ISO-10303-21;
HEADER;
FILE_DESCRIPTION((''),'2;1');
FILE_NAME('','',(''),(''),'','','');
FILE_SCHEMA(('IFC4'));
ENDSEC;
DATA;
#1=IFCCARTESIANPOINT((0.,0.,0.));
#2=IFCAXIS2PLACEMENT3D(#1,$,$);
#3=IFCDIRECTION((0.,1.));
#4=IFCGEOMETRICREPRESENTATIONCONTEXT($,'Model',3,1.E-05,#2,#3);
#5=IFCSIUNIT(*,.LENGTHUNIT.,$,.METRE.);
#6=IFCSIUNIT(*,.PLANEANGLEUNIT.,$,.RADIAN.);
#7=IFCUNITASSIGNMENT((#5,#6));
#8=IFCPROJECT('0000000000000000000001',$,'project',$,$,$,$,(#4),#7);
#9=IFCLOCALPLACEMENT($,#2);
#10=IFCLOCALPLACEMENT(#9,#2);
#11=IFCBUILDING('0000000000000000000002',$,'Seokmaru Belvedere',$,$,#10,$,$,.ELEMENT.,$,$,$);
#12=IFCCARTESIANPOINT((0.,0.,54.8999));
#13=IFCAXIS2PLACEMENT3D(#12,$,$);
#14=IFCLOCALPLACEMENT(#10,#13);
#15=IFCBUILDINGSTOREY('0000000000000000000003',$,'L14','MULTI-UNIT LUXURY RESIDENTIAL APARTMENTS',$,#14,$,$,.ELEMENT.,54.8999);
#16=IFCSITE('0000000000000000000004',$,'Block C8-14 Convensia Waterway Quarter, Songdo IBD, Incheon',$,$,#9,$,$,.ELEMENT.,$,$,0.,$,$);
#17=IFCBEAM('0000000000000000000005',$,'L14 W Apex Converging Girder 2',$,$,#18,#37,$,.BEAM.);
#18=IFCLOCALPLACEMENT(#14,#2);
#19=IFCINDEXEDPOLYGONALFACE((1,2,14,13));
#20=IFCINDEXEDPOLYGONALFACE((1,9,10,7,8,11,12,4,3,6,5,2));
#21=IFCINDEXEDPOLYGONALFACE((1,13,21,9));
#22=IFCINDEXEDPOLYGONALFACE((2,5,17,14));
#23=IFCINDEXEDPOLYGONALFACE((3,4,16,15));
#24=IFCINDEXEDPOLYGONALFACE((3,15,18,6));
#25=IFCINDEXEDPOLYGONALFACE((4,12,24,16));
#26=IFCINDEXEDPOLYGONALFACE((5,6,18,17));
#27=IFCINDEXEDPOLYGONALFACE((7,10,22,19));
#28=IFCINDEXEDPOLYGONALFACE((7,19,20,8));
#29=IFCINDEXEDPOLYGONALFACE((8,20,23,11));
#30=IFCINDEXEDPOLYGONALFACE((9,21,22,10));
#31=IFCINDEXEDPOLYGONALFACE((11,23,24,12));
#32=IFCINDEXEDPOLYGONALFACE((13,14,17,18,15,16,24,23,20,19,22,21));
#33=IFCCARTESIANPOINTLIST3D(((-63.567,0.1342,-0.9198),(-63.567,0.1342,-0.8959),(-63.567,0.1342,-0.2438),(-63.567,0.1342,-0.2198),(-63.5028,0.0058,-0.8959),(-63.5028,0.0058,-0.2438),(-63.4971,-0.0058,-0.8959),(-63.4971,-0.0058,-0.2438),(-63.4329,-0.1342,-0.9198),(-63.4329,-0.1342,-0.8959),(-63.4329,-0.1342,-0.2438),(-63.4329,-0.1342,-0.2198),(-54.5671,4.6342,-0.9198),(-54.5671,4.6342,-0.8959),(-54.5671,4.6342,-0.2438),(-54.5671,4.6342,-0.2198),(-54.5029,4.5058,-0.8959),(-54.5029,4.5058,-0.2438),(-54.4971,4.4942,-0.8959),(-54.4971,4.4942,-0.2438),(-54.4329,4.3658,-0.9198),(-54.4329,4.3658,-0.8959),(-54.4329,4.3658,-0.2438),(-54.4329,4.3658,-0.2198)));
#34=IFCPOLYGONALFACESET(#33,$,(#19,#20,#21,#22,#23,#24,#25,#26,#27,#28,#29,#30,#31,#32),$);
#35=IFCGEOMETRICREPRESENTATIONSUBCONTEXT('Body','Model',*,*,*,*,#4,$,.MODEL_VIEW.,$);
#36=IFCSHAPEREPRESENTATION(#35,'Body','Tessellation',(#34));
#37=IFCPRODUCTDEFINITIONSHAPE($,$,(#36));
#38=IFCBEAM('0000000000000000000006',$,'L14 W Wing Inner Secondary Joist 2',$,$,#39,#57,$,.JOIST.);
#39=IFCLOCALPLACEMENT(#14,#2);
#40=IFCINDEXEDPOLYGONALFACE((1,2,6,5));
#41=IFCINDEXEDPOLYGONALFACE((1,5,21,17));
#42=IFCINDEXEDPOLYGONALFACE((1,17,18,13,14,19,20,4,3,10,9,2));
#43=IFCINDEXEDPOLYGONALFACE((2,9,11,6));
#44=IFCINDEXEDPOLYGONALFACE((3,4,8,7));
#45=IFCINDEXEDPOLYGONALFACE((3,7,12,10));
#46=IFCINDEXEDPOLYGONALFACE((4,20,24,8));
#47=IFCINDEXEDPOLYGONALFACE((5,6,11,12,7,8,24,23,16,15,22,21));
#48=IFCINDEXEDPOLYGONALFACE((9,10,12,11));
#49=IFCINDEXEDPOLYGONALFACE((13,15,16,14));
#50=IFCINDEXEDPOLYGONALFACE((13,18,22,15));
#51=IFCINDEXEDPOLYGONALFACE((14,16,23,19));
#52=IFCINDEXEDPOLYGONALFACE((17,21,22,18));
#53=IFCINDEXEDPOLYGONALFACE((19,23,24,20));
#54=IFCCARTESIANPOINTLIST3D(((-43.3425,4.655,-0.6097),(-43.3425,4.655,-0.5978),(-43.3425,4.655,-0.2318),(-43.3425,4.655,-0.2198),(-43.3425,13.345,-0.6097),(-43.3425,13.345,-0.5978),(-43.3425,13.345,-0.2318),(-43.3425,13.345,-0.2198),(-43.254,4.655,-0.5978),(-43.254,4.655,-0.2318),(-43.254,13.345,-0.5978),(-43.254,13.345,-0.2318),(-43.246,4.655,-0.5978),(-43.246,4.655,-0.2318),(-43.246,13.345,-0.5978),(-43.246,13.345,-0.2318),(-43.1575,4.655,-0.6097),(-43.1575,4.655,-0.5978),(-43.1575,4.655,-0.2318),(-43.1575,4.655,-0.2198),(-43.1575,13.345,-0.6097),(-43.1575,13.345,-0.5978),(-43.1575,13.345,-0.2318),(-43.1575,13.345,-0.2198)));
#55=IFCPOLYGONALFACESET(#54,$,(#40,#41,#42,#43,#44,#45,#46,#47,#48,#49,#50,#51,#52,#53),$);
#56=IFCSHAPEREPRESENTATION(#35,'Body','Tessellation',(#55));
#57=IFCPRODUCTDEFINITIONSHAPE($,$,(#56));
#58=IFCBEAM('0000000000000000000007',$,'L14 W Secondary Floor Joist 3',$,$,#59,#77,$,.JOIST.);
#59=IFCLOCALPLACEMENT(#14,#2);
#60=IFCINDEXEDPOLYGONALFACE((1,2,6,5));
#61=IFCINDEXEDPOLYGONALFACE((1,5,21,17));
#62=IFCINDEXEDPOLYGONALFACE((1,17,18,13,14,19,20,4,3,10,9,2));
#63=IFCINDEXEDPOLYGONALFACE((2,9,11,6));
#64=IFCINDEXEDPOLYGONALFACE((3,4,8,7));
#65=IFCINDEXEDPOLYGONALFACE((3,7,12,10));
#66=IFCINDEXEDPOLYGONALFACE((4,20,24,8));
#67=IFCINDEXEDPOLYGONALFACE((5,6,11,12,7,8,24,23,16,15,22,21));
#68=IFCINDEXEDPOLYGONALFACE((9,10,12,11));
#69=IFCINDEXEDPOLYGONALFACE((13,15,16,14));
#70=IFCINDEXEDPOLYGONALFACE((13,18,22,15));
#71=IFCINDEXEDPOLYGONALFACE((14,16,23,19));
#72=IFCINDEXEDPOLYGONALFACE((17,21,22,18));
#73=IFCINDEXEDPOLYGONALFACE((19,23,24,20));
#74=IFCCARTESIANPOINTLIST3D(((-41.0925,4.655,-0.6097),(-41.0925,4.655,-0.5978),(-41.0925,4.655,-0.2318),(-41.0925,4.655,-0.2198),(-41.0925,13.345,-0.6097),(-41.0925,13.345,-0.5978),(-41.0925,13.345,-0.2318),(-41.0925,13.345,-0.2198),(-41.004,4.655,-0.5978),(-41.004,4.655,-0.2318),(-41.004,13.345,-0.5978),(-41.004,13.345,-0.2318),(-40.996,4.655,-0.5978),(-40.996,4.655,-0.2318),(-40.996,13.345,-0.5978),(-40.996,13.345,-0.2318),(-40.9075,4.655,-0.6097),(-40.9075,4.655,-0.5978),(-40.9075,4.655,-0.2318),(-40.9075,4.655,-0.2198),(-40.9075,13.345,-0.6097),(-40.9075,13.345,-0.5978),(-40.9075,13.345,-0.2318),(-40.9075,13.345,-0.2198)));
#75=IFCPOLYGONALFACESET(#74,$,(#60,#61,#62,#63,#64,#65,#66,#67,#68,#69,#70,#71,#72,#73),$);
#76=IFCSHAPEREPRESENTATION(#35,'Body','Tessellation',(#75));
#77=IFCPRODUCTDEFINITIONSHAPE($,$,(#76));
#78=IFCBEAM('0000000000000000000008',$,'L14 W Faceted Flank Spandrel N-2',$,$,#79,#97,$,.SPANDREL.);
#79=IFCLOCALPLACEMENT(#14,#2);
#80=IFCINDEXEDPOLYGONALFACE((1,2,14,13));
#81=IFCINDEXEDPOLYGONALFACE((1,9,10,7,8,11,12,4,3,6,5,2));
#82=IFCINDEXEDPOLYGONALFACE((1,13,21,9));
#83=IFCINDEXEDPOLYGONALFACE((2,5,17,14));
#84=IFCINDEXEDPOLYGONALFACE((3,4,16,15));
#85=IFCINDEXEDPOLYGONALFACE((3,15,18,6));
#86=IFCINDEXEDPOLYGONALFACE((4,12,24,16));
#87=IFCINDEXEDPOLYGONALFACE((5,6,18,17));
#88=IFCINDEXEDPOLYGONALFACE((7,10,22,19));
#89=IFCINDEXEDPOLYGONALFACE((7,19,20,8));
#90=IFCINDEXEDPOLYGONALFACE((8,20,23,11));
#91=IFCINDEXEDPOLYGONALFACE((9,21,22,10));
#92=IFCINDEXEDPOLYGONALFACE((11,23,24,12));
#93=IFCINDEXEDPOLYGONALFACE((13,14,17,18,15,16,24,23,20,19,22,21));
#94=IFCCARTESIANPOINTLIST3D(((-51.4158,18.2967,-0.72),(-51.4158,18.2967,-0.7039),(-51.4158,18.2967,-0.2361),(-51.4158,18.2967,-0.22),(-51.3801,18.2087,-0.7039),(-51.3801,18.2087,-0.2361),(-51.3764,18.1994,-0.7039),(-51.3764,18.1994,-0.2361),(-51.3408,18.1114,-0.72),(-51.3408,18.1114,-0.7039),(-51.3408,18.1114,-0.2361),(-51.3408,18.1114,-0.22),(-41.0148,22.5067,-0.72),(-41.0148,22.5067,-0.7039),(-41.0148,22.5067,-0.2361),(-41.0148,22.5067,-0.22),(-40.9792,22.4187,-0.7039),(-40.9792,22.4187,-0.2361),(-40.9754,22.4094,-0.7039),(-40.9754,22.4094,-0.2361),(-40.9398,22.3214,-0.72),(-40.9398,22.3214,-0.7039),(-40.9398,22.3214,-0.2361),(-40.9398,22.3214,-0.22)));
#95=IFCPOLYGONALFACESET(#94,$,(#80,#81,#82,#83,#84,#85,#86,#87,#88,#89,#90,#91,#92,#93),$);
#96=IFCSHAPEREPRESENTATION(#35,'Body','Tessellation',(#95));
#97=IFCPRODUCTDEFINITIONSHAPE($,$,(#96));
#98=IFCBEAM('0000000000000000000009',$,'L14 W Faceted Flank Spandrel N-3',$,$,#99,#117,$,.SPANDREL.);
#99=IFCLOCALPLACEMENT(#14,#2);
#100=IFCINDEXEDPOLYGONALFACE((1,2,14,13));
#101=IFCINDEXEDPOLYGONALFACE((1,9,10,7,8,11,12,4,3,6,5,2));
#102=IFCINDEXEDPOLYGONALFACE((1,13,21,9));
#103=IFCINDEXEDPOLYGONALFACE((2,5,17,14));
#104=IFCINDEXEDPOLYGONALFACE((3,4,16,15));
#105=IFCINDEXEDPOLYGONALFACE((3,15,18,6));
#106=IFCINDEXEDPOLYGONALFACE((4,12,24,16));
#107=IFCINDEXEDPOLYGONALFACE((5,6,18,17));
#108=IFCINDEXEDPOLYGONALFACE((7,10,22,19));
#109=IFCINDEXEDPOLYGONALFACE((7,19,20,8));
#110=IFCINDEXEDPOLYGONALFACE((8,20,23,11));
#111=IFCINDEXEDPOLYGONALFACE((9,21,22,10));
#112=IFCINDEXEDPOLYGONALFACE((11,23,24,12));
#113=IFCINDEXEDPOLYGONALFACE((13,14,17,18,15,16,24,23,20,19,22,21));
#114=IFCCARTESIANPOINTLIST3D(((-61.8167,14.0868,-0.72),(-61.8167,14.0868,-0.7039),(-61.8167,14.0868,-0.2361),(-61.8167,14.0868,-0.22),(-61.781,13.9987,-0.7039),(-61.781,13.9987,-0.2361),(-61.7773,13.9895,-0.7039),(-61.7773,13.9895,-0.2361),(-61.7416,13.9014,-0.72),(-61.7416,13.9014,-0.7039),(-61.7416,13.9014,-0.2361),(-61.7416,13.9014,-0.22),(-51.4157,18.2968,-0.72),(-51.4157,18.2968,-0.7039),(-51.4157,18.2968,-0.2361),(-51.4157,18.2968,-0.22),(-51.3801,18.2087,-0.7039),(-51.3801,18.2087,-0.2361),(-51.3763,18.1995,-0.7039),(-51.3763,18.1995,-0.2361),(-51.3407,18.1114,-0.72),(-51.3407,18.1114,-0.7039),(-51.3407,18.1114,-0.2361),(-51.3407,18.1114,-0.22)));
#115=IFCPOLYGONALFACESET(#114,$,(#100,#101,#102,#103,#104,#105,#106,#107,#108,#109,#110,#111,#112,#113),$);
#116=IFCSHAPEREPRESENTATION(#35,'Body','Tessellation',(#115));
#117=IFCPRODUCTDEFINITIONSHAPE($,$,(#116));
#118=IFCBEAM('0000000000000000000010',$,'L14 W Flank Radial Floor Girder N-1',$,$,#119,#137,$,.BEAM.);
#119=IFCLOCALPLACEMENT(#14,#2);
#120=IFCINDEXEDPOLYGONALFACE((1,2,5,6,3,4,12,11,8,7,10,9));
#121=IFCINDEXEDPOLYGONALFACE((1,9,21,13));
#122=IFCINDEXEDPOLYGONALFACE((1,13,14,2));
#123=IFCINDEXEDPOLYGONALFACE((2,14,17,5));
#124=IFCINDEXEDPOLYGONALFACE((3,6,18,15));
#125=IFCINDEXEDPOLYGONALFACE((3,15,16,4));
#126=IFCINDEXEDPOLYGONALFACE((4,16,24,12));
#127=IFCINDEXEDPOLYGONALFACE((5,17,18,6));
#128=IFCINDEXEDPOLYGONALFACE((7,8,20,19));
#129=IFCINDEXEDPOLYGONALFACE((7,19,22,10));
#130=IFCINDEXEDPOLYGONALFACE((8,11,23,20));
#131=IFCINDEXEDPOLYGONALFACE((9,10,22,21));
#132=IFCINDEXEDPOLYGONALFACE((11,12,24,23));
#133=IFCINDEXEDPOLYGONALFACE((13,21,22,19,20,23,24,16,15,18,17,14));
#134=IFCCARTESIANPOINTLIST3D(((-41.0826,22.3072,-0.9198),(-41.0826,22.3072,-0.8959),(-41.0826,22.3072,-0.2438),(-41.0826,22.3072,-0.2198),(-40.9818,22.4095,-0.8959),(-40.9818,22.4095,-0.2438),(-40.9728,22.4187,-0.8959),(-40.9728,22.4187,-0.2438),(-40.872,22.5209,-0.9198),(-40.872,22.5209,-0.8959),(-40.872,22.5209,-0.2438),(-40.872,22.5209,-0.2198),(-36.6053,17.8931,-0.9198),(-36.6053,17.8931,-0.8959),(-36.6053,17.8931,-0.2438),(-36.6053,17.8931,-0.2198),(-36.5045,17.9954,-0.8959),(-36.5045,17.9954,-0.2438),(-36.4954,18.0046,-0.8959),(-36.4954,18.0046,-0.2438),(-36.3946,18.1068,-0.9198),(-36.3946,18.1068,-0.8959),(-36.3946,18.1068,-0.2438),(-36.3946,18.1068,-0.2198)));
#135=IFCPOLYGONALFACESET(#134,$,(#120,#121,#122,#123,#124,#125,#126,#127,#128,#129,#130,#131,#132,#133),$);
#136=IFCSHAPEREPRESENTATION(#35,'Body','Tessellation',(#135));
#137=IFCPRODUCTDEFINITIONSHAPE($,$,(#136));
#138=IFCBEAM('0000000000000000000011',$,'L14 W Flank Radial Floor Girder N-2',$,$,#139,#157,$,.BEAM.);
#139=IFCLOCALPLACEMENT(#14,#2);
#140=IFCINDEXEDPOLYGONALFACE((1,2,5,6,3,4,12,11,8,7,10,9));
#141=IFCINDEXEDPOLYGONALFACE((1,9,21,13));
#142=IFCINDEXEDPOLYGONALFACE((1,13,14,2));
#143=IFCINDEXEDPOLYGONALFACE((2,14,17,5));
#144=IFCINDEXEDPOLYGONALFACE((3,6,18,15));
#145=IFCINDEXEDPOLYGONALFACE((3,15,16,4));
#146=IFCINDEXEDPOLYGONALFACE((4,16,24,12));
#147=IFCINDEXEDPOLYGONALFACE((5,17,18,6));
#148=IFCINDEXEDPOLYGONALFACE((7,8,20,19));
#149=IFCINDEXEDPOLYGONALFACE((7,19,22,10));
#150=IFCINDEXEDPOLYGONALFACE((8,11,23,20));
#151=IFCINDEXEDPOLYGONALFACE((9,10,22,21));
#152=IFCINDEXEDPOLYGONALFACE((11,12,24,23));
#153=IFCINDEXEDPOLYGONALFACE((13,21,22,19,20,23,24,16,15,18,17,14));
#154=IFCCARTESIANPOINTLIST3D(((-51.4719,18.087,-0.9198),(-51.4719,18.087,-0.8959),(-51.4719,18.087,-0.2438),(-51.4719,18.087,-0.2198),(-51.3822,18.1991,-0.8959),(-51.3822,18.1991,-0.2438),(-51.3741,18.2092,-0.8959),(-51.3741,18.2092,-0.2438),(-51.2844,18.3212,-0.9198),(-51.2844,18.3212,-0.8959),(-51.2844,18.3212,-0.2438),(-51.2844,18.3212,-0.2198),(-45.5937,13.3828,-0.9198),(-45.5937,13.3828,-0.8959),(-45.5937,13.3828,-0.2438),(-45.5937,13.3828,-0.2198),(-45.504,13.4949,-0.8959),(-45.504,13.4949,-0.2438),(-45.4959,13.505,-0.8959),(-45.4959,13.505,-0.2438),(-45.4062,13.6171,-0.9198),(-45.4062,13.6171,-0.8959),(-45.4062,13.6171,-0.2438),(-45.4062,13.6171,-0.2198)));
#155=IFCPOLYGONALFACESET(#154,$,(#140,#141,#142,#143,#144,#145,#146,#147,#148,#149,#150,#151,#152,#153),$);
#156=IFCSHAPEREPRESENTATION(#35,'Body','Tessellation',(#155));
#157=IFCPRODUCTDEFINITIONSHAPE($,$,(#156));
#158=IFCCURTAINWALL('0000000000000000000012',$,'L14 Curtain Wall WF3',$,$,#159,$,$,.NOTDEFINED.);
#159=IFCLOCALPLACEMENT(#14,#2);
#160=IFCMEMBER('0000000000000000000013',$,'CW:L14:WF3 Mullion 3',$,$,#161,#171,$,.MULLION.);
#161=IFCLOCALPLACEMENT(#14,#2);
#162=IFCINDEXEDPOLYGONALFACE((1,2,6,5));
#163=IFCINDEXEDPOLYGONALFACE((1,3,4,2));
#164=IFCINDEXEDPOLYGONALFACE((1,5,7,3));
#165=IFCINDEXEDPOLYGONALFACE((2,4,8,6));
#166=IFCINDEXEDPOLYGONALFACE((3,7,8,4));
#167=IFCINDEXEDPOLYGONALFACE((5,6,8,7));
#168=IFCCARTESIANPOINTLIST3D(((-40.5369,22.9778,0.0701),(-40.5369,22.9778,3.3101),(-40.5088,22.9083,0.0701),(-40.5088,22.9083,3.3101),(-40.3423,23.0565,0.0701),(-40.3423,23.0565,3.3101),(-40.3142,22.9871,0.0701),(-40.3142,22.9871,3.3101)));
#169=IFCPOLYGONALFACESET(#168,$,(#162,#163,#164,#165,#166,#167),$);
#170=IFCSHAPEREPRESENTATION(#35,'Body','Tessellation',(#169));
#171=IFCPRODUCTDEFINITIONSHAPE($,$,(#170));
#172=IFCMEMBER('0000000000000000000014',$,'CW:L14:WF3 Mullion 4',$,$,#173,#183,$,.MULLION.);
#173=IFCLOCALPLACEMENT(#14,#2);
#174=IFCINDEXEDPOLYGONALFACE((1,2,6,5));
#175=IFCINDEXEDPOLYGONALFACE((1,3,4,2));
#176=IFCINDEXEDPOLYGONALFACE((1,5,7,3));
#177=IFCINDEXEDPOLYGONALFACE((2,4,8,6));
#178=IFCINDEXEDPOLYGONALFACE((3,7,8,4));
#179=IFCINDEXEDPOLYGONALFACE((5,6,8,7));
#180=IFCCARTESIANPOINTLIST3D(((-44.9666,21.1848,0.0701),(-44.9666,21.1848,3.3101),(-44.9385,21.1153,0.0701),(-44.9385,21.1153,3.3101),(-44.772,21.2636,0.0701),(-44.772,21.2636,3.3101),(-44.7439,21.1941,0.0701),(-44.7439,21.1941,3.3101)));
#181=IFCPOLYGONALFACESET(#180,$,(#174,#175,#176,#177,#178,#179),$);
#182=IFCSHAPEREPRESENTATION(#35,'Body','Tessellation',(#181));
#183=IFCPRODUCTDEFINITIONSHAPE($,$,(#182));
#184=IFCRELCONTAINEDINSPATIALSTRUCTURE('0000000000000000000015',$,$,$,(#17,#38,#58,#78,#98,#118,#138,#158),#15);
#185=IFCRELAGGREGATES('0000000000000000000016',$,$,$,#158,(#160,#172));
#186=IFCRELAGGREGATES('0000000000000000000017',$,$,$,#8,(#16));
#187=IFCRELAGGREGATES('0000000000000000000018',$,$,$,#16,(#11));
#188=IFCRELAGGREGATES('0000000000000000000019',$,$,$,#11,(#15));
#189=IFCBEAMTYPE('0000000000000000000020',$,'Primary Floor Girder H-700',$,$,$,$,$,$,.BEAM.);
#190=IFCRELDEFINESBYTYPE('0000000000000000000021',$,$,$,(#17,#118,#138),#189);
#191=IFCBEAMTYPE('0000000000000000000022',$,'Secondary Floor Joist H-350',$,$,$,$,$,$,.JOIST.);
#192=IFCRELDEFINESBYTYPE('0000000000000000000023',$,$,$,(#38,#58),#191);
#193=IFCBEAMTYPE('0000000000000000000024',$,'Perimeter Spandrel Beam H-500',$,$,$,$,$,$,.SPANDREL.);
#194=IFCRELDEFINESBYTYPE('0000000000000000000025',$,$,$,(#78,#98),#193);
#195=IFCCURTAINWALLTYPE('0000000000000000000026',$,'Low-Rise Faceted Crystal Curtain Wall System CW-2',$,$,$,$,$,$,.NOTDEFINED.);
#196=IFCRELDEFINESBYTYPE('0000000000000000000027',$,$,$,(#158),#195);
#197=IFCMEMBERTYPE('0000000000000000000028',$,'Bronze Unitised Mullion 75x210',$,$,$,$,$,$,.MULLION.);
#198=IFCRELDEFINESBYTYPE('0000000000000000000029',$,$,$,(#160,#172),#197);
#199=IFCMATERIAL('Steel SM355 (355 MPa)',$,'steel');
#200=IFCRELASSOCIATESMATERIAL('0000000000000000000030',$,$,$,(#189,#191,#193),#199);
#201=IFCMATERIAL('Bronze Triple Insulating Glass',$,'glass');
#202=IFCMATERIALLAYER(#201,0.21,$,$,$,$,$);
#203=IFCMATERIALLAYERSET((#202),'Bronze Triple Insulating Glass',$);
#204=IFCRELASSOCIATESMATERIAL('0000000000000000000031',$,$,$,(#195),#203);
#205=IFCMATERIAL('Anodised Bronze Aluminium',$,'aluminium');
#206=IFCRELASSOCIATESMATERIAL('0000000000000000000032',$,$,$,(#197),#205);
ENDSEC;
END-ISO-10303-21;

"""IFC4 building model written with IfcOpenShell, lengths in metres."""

from ifc_helpers import new_model, si_unit, direction, frame, origin, origin_2d, place, context, subcontext, project, spatial, rectangle, i_section, extrude, source, transform, mapped, material, layer, layer_set, material_profile, profile_set, type_object, type_shapes, element, aggregate, save


model = new_model("IFC4")

# Units and contexts
model_context = context("Model", 3, precision=1e-05, world=origin(), true_north=direction((0.0, 1.0)))
body_context = subcontext(model_context, "Body", "Model", "MODEL_VIEW")
ifc_project = project(units=[si_unit("LENGTHUNIT", "METRE"), si_unit("PLANEANGLEUNIT", "RADIAN")], contexts=[model_context])

# Site, building, storey
site_placement = place(None, origin())
site = spatial("IfcSite", under=ifc_project, at=site_placement, Name="Block C8-14 Convensia Waterway Quarter, Songdo IBD, Incheon", CompositionType="ELEMENT", RefElevation=0.0)
building_placement = place(site_placement, origin())
building = spatial("IfcBuilding", under=site, at=building_placement, Name="Seokmaru Belvedere", CompositionType="ELEMENT")
storey_placement = place(building_placement, frame((0.0, 0.0, 54.8999)))
storey = spatial("IfcBuildingStorey", under=building, at=storey_placement, Name="L14", Description="MULTI-UNIT LUXURY RESIDENTIAL APARTMENTS", CompositionType="ELEMENT", Elevation=54.8999)

# Shared definitions
ifc_material_1 = material(Name="Steel SM355 (355 MPa)", Category="steel")

# Beams
ifc_material_profile_1 = material_profile(ifc_material_1, i_section(OverallWidth=0.3, OverallDepth=0.7, WebThickness=0.0129, FlangeThickness=0.0239, at=origin_2d()), Name="H-700x300x13x24")
ifc_profile_set_1 = profile_set([ifc_material_profile_1], Name="Steel SM355 (355 MPa)")
beam_type_1 = type_object("IfcBeamType", Name="Primary Floor Girder H-700", PredefinedType="BEAM", material=ifc_profile_set_1)
shared_shape_1 = source(origin(), body_context, "Body", "SweptSolid", [
    extrude(i_section(OverallWidth=0.3, OverallDepth=0.7, WebThickness=0.0129, FlangeThickness=0.0239, at=origin_2d()), origin(), (0.0, 0.0, 1.0), 10.0623),
])
beam_1_placement = place(storey_placement, frame((-54.5, 4.5, -0.5698), z_axis=(-0.894427, -0.447214, 0.0), x_axis=(0.447214, -0.894427, 0.0)))
element("IfcBeam", 1, at=beam_1_placement, inside=storey, type_object=beam_type_1, Name="L14 W Apex Converging Girder 2", PredefinedType="BEAM", context=body_context, shape_type="MappedRepresentation", body=[
    mapped(shared_shape_1, transform((0.0, 0.0, 0.0), scale=1.0)),
])
ifc_material_profile_2 = material_profile(ifc_material_1, i_section(OverallWidth=0.1851, OverallDepth=0.3899, WebThickness=0.0081, FlangeThickness=0.012, at=origin_2d()), Name="H-390x185x8x12")
ifc_profile_set_2 = profile_set([ifc_material_profile_2], Name="Steel SM355 (355 MPa)")
beam_type_2 = type_object("IfcBeamType", Name="Secondary Floor Joist H-350", PredefinedType="JOIST", material=ifc_profile_set_2)
shared_shape_2 = source(origin(), body_context, "Body", "SweptSolid", [
    extrude(i_section(OverallWidth=0.1851, OverallDepth=0.3899, WebThickness=0.0081, FlangeThickness=0.012, at=origin_2d()), origin(), (0.0, 0.0, 1.0), 8.6899),
])
type_shapes(beam_type_2, [shared_shape_2])
for number, where, z_axis, x_axis, name in (
    (2, (-43.25, 4.655, -0.4148), (0.0, 1.0, 0.0), (-1.0, 0.0, 0.0), "L14 W Wing Inner Secondary Joist 2"),
    (3, (-41.0, 4.655, -0.4148), (0.0, 1.0, 0.0), (-1.0, 0.0, 0.0), "L14 W Secondary Floor Joist 3"),
):
    element("IfcBeam", number, at=place(storey_placement, frame(where, z_axis=z_axis, x_axis=x_axis)), inside=storey, type_object=beam_type_2, Name=name, PredefinedType="JOIST", context=body_context, shape_type="MappedRepresentation", body=[
        mapped(shared_shape_2, transform((0.0, 0.0, 0.0), scale=1.0)),
    ])
ifc_material_profile_3 = material_profile(ifc_material_1, i_section(OverallWidth=0.2, OverallDepth=0.5, WebThickness=0.01, FlangeThickness=0.0161, at=origin_2d()), Name="H-500x200x10x16")
ifc_profile_set_3 = profile_set([ifc_material_profile_3], Name="Steel SM355 (355 MPa)")
beam_type_3 = type_object("IfcBeamType", Name="Perimeter Spandrel Beam H-500", PredefinedType="SPANDREL", material=ifc_profile_set_3)
shared_shape_3 = source(origin(), body_context, "Body", "SweptSolid", [
    extrude(i_section(OverallWidth=0.2, OverallDepth=0.5, WebThickness=0.01, FlangeThickness=0.0161, at=origin_2d()), origin(), (0.0, 0.0, 1.0), 11.2207),
])
type_shapes(beam_type_3, [shared_shape_3])
for number, where, z_axis, x_axis, name in (
    (4, (-40.9773, 22.4141, -0.47), (-0.926944, -0.375199, 0.0), (0.375199, -0.926944, 0.0), "L14 W Faceted Flank Spandrel N-2"),
    (5, (-51.3782, 18.2041, -0.47), (-0.926944, -0.375199, 0.0), (0.375199, -0.926944, 0.0), "L14 W Faceted Flank Spandrel N-3"),
):
    element("IfcBeam", number, at=place(storey_placement, frame(where, z_axis=z_axis, x_axis=x_axis)), inside=storey, type_object=beam_type_3, Name=name, PredefinedType="SPANDREL", context=body_context, shape_type="MappedRepresentation", body=[
        mapped(shared_shape_3, transform((0.0, 0.0, 0.0), scale=1.0)),
    ])
shared_shape_4 = source(origin(), body_context, "Body", "SweptSolid", [
    extrude(i_section(OverallWidth=0.3, OverallDepth=0.7, WebThickness=0.0129, FlangeThickness=0.0239, at=origin_2d()), origin(), (0.0, 0.0, 1.0), 6.2874),
])
beam_2_placement = place(storey_placement, frame((-40.9773, 22.4141, -0.5698), z_axis=(0.712117, -0.70206, 0.0), x_axis=(0.70206, 0.712117, 0.0)))
element("IfcBeam", 6, at=beam_2_placement, inside=storey, type_object=beam_type_1, Name="L14 W Flank Radial Floor Girder N-1", PredefinedType="BEAM", context=body_context, shape_type="MappedRepresentation", body=[
    mapped(shared_shape_4, transform((0.0, 0.0, 0.0), scale=1.0)),
])
shared_shape_5 = source(origin(), body_context, "Body", "SweptSolid", [
    extrude(i_section(OverallWidth=0.3, OverallDepth=0.7, WebThickness=0.0129, FlangeThickness=0.0239, at=origin_2d()), origin(), (0.0, 0.0, 1.0), 7.5288),
])
beam_3_placement = place(storey_placement, frame((-51.3782, 18.2041, -0.5698), z_axis=(0.780768, -0.624822, 0.0), x_axis=(0.624822, 0.780768, 0.0)))
element("IfcBeam", 7, at=beam_3_placement, inside=storey, type_object=beam_type_1, Name="L14 W Flank Radial Floor Girder N-2", PredefinedType="BEAM", context=body_context, shape_type="MappedRepresentation", body=[
    mapped(shared_shape_5, transform((0.0, 0.0, 0.0), scale=1.0)),
])

# Curtain wall, members
ifc_material_2 = material(Name="Bronze Triple Insulating Glass", Category="glass")
ifc_layer_1 = layer(ifc_material_2, 0.21)
ifc_layer_set_1 = layer_set([ifc_layer_1], Name="Bronze Triple Insulating Glass")
curtain_wall_type = type_object("IfcCurtainWallType", Name="Low-Rise Faceted Crystal Curtain Wall System CW-2", PredefinedType="NOTDEFINED", material=ifc_layer_set_1)
curtain_wall_placement = place(storey_placement, origin())
curtain_wall = element("IfcCurtainWall", 8, at=curtain_wall_placement, inside=storey, type_object=curtain_wall_type, Name="L14 Curtain Wall WF3", PredefinedType="NOTDEFINED")
ifc_material_3 = material(Name="Anodised Bronze Aluminium", Category="aluminium")
ifc_material_profile_4 = material_profile(ifc_material_3, rectangle(XDim=0.075, YDim=0.21, at=origin_2d()), Name="CW-M-75x210")
ifc_profile_set_4 = profile_set([ifc_material_profile_4], Name="Anodised Bronze Aluminium")
member_type = type_object("IfcMemberType", Name="Bronze Unitised Mullion 75x210", PredefinedType="MULLION", material=ifc_profile_set_4)
shared_shape_6 = source(origin(), body_context, "Body", "SweptSolid", [
    extrude(rectangle(XDim=0.075, YDim=0.21, at=origin_2d()), origin(), (0.0, 0.0, 1.0), 3.24),
])
type_shapes(member_type, [shared_shape_6])
member_1_placement = place(storey_placement, frame((-40.4255, 22.9824, 0.0701), z_axis=(0.0, 0.0, 1.0), x_axis=(0.375192, -0.926947, 0.0)))
member_1 = element("IfcMember", 9, at=member_1_placement, type_object=member_type, Name="CW:L14:WF3 Mullion 3", PredefinedType="MULLION", context=body_context, shape_type="MappedRepresentation", body=[
    mapped(shared_shape_6, transform((0.0, 0.0, 0.0), scale=1.0)),
])
member_2_placement = place(storey_placement, frame((-44.8552, 21.1895, 0.0701), z_axis=(0.0, 0.0, 1.0), x_axis=(0.375192, -0.926947, 0.0)))
member_2 = element("IfcMember", 10, at=member_2_placement, type_object=member_type, Name="CW:L14:WF3 Mullion 4", PredefinedType="MULLION", context=body_context, shape_type="MappedRepresentation", body=[
    mapped(shared_shape_6, transform((0.0, 0.0, 0.0), scale=1.0)),
])
aggregate(curtain_wall, [member_1, member_2])

save(model, "model.ifc")
